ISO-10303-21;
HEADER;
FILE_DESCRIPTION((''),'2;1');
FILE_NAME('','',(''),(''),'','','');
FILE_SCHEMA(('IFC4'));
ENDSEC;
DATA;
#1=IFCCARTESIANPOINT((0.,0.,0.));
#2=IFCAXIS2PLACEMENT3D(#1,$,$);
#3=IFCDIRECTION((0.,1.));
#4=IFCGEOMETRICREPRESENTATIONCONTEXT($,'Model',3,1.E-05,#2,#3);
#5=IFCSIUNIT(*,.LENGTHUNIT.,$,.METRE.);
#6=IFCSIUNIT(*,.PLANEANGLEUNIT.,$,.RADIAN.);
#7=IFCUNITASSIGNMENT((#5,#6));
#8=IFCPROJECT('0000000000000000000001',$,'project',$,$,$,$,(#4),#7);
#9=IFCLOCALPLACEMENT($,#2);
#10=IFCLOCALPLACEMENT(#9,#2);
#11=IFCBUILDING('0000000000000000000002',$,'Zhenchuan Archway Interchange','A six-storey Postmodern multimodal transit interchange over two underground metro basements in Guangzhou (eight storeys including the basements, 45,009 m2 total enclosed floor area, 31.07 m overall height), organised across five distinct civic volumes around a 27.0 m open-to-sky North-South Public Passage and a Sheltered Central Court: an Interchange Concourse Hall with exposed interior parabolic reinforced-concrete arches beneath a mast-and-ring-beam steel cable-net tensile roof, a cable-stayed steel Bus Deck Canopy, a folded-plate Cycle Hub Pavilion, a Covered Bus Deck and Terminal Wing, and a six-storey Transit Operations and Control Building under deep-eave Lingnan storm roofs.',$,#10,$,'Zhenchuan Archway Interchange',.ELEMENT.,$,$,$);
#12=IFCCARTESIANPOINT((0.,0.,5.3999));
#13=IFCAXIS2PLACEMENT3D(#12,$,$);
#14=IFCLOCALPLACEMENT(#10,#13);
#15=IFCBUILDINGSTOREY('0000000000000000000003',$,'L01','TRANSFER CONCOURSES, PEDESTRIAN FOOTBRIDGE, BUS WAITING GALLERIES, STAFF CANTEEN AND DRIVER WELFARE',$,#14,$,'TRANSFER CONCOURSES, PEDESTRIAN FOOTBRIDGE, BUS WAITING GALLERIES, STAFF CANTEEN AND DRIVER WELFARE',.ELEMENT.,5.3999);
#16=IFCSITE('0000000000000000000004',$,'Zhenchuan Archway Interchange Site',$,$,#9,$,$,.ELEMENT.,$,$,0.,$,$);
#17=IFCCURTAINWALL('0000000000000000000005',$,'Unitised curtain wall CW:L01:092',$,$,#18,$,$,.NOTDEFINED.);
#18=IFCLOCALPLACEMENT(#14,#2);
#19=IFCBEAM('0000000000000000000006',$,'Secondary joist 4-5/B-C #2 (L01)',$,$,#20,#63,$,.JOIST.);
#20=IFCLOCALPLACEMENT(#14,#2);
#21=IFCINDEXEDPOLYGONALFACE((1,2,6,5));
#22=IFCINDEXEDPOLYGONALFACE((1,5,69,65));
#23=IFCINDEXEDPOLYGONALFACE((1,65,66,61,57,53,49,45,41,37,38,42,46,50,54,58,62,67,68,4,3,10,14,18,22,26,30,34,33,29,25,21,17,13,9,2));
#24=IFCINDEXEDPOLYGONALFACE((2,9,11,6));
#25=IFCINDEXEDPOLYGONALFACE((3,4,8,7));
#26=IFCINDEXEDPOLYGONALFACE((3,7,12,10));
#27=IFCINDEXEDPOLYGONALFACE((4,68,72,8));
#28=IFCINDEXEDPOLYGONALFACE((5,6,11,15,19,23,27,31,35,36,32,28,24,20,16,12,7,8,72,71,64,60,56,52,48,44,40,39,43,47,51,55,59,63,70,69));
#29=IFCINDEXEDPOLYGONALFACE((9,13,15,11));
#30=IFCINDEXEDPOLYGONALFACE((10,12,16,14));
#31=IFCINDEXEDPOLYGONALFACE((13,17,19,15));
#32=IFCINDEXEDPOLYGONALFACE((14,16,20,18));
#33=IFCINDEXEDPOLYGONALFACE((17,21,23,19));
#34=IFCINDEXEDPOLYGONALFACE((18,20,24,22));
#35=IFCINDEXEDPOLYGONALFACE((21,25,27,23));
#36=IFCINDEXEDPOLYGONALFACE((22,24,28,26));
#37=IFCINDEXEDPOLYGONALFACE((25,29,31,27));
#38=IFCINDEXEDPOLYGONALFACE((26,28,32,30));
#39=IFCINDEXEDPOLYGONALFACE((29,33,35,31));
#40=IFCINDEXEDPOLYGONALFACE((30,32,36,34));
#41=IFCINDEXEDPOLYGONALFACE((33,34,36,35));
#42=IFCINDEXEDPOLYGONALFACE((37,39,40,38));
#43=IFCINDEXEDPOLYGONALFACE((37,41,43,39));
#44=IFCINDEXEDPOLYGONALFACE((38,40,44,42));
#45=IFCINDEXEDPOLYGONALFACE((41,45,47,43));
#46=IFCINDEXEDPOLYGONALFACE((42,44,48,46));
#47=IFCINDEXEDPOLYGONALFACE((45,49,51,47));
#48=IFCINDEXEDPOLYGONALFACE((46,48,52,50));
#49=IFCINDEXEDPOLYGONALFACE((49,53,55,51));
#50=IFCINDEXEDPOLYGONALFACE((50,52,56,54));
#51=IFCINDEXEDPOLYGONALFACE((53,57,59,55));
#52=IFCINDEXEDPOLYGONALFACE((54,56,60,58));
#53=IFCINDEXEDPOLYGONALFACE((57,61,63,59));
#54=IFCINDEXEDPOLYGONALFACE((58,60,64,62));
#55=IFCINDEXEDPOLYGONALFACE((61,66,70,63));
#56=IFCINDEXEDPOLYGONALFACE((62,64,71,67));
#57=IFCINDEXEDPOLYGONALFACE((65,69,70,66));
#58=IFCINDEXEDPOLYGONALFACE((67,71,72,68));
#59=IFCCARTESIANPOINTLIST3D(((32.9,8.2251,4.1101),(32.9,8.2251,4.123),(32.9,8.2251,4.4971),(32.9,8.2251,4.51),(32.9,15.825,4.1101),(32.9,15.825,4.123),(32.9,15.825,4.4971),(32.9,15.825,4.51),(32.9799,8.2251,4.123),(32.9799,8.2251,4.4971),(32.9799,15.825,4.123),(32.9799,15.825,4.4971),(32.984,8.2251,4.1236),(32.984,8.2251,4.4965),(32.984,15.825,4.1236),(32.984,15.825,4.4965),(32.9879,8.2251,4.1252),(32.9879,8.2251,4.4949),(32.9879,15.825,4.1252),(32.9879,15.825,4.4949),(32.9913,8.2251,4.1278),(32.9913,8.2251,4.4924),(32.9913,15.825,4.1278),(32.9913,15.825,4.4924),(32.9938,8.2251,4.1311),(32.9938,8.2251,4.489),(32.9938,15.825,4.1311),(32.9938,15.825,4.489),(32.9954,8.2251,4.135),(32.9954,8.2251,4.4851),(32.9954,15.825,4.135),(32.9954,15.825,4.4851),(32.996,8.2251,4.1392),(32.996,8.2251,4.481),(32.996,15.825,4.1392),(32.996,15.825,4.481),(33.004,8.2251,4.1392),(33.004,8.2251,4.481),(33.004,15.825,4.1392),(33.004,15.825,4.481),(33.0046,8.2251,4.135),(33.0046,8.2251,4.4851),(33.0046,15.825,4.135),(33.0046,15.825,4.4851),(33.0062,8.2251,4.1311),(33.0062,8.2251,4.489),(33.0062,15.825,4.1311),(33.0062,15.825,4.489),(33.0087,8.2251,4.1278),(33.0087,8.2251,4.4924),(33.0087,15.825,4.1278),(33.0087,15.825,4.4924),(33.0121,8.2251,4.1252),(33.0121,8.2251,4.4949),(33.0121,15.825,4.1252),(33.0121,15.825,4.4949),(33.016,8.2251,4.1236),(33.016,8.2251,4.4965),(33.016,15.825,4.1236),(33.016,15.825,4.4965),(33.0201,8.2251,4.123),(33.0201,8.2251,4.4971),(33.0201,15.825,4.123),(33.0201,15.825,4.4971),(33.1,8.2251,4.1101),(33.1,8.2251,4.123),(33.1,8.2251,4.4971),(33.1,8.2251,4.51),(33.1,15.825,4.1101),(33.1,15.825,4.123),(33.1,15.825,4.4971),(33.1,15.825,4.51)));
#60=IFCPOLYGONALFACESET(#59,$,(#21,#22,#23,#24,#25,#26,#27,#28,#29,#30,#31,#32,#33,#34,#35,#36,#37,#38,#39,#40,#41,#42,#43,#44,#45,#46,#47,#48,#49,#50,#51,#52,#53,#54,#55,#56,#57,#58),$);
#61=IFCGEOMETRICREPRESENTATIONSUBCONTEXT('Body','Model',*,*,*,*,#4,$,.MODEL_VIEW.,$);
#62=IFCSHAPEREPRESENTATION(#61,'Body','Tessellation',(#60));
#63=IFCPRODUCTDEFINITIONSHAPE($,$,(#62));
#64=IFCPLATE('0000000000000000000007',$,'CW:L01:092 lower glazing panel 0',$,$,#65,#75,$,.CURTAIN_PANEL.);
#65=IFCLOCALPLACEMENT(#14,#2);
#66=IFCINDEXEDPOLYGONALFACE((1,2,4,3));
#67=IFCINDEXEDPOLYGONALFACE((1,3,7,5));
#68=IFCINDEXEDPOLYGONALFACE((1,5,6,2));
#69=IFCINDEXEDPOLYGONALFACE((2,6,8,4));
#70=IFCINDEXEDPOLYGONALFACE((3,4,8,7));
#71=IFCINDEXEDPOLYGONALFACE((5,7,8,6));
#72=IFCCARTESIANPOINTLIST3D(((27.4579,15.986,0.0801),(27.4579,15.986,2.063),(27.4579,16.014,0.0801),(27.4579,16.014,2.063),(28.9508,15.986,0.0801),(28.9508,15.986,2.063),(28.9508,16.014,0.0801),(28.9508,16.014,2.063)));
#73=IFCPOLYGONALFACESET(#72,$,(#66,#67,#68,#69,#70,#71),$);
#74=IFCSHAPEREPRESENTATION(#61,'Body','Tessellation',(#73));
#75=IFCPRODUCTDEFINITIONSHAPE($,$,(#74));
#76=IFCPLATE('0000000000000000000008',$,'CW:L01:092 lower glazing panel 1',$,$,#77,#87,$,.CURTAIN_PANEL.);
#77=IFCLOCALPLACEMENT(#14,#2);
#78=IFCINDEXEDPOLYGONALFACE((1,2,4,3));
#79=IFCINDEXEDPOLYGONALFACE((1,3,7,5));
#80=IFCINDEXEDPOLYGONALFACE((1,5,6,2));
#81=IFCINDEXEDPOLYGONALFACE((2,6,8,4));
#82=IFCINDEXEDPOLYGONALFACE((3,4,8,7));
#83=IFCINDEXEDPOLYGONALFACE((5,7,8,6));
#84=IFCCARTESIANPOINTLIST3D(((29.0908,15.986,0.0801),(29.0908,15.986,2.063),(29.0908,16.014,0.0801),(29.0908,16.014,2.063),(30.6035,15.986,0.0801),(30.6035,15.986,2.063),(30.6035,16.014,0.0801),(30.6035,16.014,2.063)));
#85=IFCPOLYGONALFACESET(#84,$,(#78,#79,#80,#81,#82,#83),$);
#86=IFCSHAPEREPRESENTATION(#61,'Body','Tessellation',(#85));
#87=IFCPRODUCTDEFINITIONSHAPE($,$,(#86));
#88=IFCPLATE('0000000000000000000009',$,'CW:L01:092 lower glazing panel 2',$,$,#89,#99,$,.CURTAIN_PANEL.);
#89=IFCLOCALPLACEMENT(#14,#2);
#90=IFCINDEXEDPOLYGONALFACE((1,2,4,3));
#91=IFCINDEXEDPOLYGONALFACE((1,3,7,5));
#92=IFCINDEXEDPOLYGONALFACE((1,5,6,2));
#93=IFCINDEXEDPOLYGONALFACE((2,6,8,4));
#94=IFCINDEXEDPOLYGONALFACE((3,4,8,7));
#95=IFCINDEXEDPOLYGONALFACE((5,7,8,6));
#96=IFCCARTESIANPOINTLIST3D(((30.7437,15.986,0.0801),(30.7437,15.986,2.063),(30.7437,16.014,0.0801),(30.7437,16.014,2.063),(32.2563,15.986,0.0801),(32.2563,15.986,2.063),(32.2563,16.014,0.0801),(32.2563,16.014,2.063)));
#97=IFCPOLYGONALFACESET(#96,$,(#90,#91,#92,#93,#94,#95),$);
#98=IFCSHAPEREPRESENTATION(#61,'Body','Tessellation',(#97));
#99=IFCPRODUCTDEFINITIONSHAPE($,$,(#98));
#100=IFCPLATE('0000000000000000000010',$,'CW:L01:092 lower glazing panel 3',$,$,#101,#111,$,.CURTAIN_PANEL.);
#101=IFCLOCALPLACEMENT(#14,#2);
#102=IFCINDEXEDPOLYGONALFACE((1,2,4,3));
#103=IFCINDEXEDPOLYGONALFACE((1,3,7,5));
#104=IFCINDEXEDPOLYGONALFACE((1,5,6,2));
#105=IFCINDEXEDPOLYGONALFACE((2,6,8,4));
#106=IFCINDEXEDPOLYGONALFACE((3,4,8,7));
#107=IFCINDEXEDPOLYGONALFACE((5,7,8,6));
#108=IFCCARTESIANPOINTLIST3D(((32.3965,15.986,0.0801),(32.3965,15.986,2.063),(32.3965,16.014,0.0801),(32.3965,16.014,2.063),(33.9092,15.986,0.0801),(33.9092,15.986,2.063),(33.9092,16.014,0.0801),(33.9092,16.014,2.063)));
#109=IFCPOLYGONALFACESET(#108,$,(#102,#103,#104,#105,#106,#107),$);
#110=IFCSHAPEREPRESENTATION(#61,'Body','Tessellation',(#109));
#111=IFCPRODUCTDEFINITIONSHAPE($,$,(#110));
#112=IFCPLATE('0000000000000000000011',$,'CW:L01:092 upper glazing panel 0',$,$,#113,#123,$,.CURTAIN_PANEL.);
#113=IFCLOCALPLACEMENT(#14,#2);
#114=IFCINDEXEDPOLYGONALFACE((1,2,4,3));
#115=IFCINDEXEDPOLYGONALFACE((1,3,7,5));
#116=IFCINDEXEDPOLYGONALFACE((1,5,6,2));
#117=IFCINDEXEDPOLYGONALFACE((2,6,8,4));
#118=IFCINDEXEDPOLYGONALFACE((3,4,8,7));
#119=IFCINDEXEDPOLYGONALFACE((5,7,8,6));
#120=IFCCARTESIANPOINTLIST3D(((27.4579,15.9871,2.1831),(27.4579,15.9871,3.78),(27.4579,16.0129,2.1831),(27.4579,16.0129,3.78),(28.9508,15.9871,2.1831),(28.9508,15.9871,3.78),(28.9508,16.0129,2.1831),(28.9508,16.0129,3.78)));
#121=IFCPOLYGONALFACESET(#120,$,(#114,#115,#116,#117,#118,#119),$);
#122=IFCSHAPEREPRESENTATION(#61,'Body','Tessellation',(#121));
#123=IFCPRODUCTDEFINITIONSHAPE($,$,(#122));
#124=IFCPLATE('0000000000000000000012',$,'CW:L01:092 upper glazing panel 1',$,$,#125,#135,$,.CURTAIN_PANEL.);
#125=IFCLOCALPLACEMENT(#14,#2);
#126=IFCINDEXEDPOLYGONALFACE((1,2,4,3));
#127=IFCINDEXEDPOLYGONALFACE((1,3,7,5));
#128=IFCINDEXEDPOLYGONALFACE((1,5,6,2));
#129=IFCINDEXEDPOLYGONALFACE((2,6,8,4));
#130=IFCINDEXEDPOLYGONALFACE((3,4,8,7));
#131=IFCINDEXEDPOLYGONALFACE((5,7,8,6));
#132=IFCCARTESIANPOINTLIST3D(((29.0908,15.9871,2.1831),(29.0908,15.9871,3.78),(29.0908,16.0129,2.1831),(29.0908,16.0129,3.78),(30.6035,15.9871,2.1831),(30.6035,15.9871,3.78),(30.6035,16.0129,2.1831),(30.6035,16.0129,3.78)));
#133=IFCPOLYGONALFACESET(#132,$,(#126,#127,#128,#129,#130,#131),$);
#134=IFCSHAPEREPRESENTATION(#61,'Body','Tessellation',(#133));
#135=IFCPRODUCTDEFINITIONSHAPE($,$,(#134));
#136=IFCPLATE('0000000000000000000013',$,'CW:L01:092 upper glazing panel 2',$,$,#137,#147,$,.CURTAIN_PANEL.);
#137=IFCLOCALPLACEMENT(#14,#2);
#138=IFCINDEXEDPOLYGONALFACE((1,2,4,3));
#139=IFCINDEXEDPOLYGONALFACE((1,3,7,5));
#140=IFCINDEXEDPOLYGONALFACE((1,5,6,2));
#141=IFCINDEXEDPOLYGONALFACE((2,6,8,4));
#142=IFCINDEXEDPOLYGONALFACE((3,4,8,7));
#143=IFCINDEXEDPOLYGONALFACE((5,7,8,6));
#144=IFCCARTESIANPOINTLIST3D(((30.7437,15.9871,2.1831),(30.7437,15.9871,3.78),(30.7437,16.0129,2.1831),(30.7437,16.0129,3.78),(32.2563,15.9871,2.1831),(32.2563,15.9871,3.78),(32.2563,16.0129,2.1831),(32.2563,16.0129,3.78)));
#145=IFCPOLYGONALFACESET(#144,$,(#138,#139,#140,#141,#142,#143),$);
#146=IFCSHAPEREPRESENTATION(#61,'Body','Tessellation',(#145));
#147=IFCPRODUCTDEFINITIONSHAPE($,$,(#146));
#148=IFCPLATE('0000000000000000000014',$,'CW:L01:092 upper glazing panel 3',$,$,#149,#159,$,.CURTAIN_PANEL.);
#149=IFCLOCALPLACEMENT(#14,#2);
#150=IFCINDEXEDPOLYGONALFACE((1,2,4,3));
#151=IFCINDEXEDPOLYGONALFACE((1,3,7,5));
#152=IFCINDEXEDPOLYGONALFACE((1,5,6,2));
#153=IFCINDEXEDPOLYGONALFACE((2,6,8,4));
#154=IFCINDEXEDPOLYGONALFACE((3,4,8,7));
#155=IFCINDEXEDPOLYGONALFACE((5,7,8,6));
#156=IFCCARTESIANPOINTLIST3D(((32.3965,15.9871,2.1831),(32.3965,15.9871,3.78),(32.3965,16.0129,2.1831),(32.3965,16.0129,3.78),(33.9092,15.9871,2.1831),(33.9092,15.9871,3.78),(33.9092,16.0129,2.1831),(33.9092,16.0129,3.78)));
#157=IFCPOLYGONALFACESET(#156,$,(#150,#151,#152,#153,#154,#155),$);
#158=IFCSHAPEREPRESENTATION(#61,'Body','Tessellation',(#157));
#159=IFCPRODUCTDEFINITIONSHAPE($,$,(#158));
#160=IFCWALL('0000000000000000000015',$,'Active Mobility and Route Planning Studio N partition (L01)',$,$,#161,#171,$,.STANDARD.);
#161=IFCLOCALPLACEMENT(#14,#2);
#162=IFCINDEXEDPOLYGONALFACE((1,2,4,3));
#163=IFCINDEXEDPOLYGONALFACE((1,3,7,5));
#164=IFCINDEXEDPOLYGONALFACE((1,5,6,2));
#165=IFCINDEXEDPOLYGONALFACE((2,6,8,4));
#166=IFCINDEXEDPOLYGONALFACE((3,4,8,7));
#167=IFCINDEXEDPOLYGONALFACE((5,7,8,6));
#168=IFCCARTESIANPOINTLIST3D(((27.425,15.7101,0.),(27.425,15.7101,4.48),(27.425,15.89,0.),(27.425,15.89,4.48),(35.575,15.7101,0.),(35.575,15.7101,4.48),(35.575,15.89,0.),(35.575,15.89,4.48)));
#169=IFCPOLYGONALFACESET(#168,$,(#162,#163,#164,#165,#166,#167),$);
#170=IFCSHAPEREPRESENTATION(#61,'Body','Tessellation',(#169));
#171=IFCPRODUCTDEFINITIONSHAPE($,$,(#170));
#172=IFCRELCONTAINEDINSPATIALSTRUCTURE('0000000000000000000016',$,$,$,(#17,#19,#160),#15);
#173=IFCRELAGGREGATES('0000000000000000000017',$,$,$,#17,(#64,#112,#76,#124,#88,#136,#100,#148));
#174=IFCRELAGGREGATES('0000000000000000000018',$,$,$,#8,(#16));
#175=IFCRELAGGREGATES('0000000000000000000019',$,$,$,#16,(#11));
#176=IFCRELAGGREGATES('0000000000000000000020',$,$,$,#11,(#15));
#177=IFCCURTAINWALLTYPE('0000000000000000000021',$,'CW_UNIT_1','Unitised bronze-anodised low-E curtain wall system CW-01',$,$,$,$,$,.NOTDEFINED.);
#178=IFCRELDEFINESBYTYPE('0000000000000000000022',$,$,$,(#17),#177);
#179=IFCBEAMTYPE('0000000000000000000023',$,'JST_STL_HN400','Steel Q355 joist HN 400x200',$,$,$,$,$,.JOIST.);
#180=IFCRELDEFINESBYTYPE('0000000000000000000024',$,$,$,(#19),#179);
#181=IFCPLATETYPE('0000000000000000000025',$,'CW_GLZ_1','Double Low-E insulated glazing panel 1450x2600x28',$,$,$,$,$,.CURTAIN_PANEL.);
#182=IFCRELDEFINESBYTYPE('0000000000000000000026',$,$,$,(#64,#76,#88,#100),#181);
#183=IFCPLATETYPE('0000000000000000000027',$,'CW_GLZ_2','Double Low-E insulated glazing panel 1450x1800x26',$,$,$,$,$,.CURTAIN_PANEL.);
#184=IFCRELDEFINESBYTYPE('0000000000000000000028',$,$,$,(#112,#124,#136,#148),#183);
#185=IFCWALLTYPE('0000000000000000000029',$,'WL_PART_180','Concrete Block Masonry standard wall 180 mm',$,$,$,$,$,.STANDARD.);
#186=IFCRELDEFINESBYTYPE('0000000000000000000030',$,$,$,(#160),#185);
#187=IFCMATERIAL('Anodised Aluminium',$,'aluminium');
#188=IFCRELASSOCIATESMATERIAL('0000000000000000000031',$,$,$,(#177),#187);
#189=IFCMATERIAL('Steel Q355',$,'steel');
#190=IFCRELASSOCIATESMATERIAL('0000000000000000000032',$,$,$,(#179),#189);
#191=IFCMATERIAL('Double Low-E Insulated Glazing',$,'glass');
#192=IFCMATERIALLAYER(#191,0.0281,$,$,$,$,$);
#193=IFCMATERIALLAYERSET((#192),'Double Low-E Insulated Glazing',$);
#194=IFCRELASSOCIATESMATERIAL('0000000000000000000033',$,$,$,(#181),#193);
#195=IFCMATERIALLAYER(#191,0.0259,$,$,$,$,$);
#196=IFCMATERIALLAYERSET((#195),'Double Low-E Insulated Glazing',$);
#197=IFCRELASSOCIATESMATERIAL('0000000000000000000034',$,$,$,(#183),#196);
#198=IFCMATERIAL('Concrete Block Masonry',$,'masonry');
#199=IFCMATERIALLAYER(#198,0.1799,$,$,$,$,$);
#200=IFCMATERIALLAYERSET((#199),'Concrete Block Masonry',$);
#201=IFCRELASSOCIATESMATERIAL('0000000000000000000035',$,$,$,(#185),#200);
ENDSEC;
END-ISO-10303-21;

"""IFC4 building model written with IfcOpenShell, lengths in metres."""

from ifc_helpers import new_model, si_unit, direction, frame, frame_2d, origin, origin_2d, place, context, subcontext, project, spatial, rectangle, i_section, extrude, material, layer, layer_set, material_profile, profile_set, type_object, element, aggregate, save


model = new_model("IFC4")

# Units and contexts
model_context = context("Model", 3, precision=1e-05, world=origin(), true_north=direction((0.0, 1.0)))
body_context = subcontext(model_context, "Body", "Model", "MODEL_VIEW")
ifc_project = project(units=[si_unit("LENGTHUNIT", "METRE"), si_unit("PLANEANGLEUNIT", "RADIAN")], contexts=[model_context])

# Site, building, storey
site_placement = place(None, origin())
site = spatial("IfcSite", under=ifc_project, at=site_placement, Name="Zhenchuan Archway Interchange Site", CompositionType="ELEMENT", RefElevation=0.0)
building_placement = place(site_placement, origin())
building = spatial("IfcBuilding", under=site, at=building_placement, Name="Zhenchuan Archway Interchange", Description="A six-storey Postmodern multimodal transit interchange over two underground metro basements in Guangzhou (eight storeys including the basements, 45,009 m2 total enclosed floor area, 31.07 m overall height), organised across five distinct civic volumes around a 27.0 m open-to-sky North-South Public Passage and a Sheltered Central Court: an Interchange Concourse Hall with exposed interior parabolic reinforced-concrete arches beneath a mast-and-ring-beam steel cable-net tensile roof, a cable-stayed steel Bus Deck Canopy, a folded-plate Cycle Hub Pavilion, a Covered Bus Deck and Terminal Wing, and a six-storey Transit Operations and Control Building under deep-eave Lingnan storm roofs.", LongName="Zhenchuan Archway Interchange", CompositionType="ELEMENT")
storey_placement = place(building_placement, frame((0.0, 0.0, 5.3999)))
storey = spatial("IfcBuildingStorey", under=building, at=storey_placement, Name="L01", Description="TRANSFER CONCOURSES, PEDESTRIAN FOOTBRIDGE, BUS WAITING GALLERIES, STAFF CANTEEN AND DRIVER WELFARE", LongName="TRANSFER CONCOURSES, PEDESTRIAN FOOTBRIDGE, BUS WAITING GALLERIES, STAFF CANTEEN AND DRIVER WELFARE", CompositionType="ELEMENT", Elevation=5.3999)

# Curtain wall
ifc_material_1 = material(Name="Anodised Aluminium", Category="aluminium")
curtain_wall_type = type_object("IfcCurtainWallType", Name="CW_UNIT_1", Description="Unitised bronze-anodised low-E curtain wall system CW-01", PredefinedType="NOTDEFINED", material=ifc_material_1)
curtain_wall_placement = place(storey_placement, origin())
curtain_wall = element("IfcCurtainWall", 1, at=curtain_wall_placement, inside=storey, type_object=curtain_wall_type, Name="Unitised curtain wall CW:L01:092", PredefinedType="NOTDEFINED")

# Beam
ifc_material_2 = material(Name="Steel Q355", Category="steel")
ifc_material_profile_1 = material_profile(ifc_material_2, i_section(OverallWidth=0.2, OverallDepth=0.3999, WebThickness=0.0081, FlangeThickness=0.0129, FilletRadius=0.0161, at=origin_2d()), Name="HN 400x200")
ifc_profile_set_1 = profile_set([ifc_material_profile_1], Name="Steel Q355")
beam_type = type_object("IfcBeamType", Name="JST_STL_HN400", Description="Steel Q355 joist HN 400x200", PredefinedType="JOIST", material=ifc_profile_set_1)
for number, where, z_axis, x_axis, name in (
    (2, (33.0, 8.2251, 4.3101), (0.0, 1.0, 0.0), (-1.0, 0.0, 0.0), "Secondary joist 4-5/B-C #2 (L01)"),
):
    element("IfcBeam", number, at=place(storey_placement, frame(where, z_axis=z_axis, x_axis=x_axis)), inside=storey, type_object=beam_type, Name=name, PredefinedType="JOIST", context=body_context, shape_type="SweptSolid", body=[
        extrude(i_section(OverallWidth=0.2, OverallDepth=0.3999, WebThickness=0.0081, FlangeThickness=0.0129, FilletRadius=0.0161, at=origin_2d()), origin(), (0.0, 0.0, 1.0), 7.5999),
    ])

# Plates
ifc_material_3 = material(Name="Double Low-E Insulated Glazing", Category="glass")
ifc_layer_1 = layer(ifc_material_3, 0.0281)
ifc_layer_set_1 = layer_set([ifc_layer_1], Name="Double Low-E Insulated Glazing")
plate_type_1 = type_object("IfcPlateType", Name="CW_GLZ_1", Description="Double Low-E insulated glazing panel 1450x2600x28", PredefinedType="CURTAIN_PANEL", material=ifc_layer_set_1)
plate_1_placement = place(storey_placement, frame((28.2043, 16.0, 0.0801), z_axis=(0.0, 0.0, 1.0), x_axis=(1.0, 0.0, 0.0)))
plate_1 = element("IfcPlate", 3, at=plate_1_placement, type_object=plate_type_1, Name="CW:L01:092 lower glazing panel 0", PredefinedType="CURTAIN_PANEL", context=body_context, shape_type="SweptSolid", body=[
    extrude(rectangle(XDim=1.4929, YDim=0.0281, at=origin_2d()), origin(), (0.0, 0.0, 1.0), 1.9829),
])
plate_2_placement = place(storey_placement, frame((29.8472, 16.0, 0.0801), z_axis=(0.0, 0.0, 1.0), x_axis=(1.0, 0.0, 0.0)))
plate_2 = element("IfcPlate", 4, at=plate_2_placement, type_object=plate_type_1, Name="CW:L01:092 lower glazing panel 1", PredefinedType="CURTAIN_PANEL", context=body_context, shape_type="SweptSolid", body=[
    extrude(rectangle(XDim=1.5127, YDim=0.0281, at=origin_2d()), origin(), (0.0, 0.0, 1.0), 1.9829),
])
plate_3_placement = place(storey_placement, frame((31.5, 16.0, 0.0801), z_axis=(0.0, 0.0, 1.0), x_axis=(1.0, 0.0, 0.0)))
plate_3 = element("IfcPlate", 5, at=plate_3_placement, type_object=plate_type_1, Name="CW:L01:092 lower glazing panel 2", PredefinedType="CURTAIN_PANEL", context=body_context, shape_type="SweptSolid", body=[
    extrude(rectangle(XDim=1.5127, YDim=0.0281, at=origin_2d()), origin(), (0.0, 0.0, 1.0), 1.9829),
])
plate_4_placement = place(storey_placement, frame((33.1528, 16.0, 0.0801), z_axis=(0.0, 0.0, 1.0), x_axis=(1.0, 0.0, 0.0)))
plate_4 = element("IfcPlate", 6, at=plate_4_placement, type_object=plate_type_1, Name="CW:L01:092 lower glazing panel 3", PredefinedType="CURTAIN_PANEL", context=body_context, shape_type="SweptSolid", body=[
    extrude(rectangle(XDim=1.5127, YDim=0.0281, at=origin_2d()), origin(), (0.0, 0.0, 1.0), 1.9829),
])
ifc_layer_2 = layer(ifc_material_3, 0.0259)
ifc_layer_set_2 = layer_set([ifc_layer_2], Name="Double Low-E Insulated Glazing")
plate_type_2 = type_object("IfcPlateType", Name="CW_GLZ_2", Description="Double Low-E insulated glazing panel 1450x1800x26", PredefinedType="CURTAIN_PANEL", material=ifc_layer_set_2)
plate_5_placement = place(storey_placement, frame((28.2043, 16.0, 2.1831), z_axis=(0.0, 0.0, 1.0), x_axis=(1.0, 0.0, 0.0)))
plate_5 = element("IfcPlate", 7, at=plate_5_placement, type_object=plate_type_2, Name="CW:L01:092 upper glazing panel 0", PredefinedType="CURTAIN_PANEL", context=body_context, shape_type="SweptSolid", body=[
    extrude(rectangle(XDim=1.4929, YDim=0.0259, at=origin_2d()), origin(), (0.0, 0.0, 1.0), 1.5969),
])
plate_6_placement = place(storey_placement, frame((29.8472, 16.0, 2.1831), z_axis=(0.0, 0.0, 1.0), x_axis=(1.0, 0.0, 0.0)))
plate_6 = element("IfcPlate", 8, at=plate_6_placement, type_object=plate_type_2, Name="CW:L01:092 upper glazing panel 1", PredefinedType="CURTAIN_PANEL", context=body_context, shape_type="SweptSolid", body=[
    extrude(rectangle(XDim=1.5127, YDim=0.0259, at=origin_2d()), origin(), (0.0, 0.0, 1.0), 1.5969),
])
plate_7_placement = place(storey_placement, frame((31.5, 16.0, 2.1831), z_axis=(0.0, 0.0, 1.0), x_axis=(1.0, 0.0, 0.0)))
plate_7 = element("IfcPlate", 9, at=plate_7_placement, type_object=plate_type_2, Name="CW:L01:092 upper glazing panel 2", PredefinedType="CURTAIN_PANEL", context=body_context, shape_type="SweptSolid", body=[
    extrude(rectangle(XDim=1.5127, YDim=0.0259, at=origin_2d()), origin(), (0.0, 0.0, 1.0), 1.5969),
])
plate_8_placement = place(storey_placement, frame((33.1528, 16.0, 2.1831), z_axis=(0.0, 0.0, 1.0), x_axis=(1.0, 0.0, 0.0)))
plate_8 = element("IfcPlate", 10, at=plate_8_placement, type_object=plate_type_2, Name="CW:L01:092 upper glazing panel 3", PredefinedType="CURTAIN_PANEL", context=body_context, shape_type="SweptSolid", body=[
    extrude(rectangle(XDim=1.5127, YDim=0.0259, at=origin_2d()), origin(), (0.0, 0.0, 1.0), 1.5969),
])
aggregate(curtain_wall, [plate_1, plate_5, plate_2, plate_6, plate_3, plate_7, plate_4, plate_8])

# Wall
ifc_material_4 = material(Name="Concrete Block Masonry", Category="masonry")
ifc_layer_3 = layer(ifc_material_4, 0.1799)
ifc_layer_set_3 = layer_set([ifc_layer_3], Name="Concrete Block Masonry")
wall_type = type_object("IfcWallType", Name="WL_PART_180", Description="Concrete Block Masonry standard wall 180 mm", PredefinedType="STANDARD", material=ifc_layer_set_3)
wall_placement = place(storey_placement, frame((27.425, 15.8, 0.0), z_axis=(0.0, 0.0, 1.0), x_axis=(1.0, 0.0, 0.0)))
element("IfcWall", 11, at=wall_placement, inside=storey, type_object=wall_type, Name="Active Mobility and Route Planning Studio N partition (L01)", PredefinedType="STANDARD", context=body_context, shape_type="SweptSolid", body=[
    extrude(rectangle(XDim=8.1499, YDim=0.1799, at=frame_2d((4.075, 0.0))), origin(), (0.0, 0.0, 1.0), 4.48),
])

save(model, "model.ifc")
